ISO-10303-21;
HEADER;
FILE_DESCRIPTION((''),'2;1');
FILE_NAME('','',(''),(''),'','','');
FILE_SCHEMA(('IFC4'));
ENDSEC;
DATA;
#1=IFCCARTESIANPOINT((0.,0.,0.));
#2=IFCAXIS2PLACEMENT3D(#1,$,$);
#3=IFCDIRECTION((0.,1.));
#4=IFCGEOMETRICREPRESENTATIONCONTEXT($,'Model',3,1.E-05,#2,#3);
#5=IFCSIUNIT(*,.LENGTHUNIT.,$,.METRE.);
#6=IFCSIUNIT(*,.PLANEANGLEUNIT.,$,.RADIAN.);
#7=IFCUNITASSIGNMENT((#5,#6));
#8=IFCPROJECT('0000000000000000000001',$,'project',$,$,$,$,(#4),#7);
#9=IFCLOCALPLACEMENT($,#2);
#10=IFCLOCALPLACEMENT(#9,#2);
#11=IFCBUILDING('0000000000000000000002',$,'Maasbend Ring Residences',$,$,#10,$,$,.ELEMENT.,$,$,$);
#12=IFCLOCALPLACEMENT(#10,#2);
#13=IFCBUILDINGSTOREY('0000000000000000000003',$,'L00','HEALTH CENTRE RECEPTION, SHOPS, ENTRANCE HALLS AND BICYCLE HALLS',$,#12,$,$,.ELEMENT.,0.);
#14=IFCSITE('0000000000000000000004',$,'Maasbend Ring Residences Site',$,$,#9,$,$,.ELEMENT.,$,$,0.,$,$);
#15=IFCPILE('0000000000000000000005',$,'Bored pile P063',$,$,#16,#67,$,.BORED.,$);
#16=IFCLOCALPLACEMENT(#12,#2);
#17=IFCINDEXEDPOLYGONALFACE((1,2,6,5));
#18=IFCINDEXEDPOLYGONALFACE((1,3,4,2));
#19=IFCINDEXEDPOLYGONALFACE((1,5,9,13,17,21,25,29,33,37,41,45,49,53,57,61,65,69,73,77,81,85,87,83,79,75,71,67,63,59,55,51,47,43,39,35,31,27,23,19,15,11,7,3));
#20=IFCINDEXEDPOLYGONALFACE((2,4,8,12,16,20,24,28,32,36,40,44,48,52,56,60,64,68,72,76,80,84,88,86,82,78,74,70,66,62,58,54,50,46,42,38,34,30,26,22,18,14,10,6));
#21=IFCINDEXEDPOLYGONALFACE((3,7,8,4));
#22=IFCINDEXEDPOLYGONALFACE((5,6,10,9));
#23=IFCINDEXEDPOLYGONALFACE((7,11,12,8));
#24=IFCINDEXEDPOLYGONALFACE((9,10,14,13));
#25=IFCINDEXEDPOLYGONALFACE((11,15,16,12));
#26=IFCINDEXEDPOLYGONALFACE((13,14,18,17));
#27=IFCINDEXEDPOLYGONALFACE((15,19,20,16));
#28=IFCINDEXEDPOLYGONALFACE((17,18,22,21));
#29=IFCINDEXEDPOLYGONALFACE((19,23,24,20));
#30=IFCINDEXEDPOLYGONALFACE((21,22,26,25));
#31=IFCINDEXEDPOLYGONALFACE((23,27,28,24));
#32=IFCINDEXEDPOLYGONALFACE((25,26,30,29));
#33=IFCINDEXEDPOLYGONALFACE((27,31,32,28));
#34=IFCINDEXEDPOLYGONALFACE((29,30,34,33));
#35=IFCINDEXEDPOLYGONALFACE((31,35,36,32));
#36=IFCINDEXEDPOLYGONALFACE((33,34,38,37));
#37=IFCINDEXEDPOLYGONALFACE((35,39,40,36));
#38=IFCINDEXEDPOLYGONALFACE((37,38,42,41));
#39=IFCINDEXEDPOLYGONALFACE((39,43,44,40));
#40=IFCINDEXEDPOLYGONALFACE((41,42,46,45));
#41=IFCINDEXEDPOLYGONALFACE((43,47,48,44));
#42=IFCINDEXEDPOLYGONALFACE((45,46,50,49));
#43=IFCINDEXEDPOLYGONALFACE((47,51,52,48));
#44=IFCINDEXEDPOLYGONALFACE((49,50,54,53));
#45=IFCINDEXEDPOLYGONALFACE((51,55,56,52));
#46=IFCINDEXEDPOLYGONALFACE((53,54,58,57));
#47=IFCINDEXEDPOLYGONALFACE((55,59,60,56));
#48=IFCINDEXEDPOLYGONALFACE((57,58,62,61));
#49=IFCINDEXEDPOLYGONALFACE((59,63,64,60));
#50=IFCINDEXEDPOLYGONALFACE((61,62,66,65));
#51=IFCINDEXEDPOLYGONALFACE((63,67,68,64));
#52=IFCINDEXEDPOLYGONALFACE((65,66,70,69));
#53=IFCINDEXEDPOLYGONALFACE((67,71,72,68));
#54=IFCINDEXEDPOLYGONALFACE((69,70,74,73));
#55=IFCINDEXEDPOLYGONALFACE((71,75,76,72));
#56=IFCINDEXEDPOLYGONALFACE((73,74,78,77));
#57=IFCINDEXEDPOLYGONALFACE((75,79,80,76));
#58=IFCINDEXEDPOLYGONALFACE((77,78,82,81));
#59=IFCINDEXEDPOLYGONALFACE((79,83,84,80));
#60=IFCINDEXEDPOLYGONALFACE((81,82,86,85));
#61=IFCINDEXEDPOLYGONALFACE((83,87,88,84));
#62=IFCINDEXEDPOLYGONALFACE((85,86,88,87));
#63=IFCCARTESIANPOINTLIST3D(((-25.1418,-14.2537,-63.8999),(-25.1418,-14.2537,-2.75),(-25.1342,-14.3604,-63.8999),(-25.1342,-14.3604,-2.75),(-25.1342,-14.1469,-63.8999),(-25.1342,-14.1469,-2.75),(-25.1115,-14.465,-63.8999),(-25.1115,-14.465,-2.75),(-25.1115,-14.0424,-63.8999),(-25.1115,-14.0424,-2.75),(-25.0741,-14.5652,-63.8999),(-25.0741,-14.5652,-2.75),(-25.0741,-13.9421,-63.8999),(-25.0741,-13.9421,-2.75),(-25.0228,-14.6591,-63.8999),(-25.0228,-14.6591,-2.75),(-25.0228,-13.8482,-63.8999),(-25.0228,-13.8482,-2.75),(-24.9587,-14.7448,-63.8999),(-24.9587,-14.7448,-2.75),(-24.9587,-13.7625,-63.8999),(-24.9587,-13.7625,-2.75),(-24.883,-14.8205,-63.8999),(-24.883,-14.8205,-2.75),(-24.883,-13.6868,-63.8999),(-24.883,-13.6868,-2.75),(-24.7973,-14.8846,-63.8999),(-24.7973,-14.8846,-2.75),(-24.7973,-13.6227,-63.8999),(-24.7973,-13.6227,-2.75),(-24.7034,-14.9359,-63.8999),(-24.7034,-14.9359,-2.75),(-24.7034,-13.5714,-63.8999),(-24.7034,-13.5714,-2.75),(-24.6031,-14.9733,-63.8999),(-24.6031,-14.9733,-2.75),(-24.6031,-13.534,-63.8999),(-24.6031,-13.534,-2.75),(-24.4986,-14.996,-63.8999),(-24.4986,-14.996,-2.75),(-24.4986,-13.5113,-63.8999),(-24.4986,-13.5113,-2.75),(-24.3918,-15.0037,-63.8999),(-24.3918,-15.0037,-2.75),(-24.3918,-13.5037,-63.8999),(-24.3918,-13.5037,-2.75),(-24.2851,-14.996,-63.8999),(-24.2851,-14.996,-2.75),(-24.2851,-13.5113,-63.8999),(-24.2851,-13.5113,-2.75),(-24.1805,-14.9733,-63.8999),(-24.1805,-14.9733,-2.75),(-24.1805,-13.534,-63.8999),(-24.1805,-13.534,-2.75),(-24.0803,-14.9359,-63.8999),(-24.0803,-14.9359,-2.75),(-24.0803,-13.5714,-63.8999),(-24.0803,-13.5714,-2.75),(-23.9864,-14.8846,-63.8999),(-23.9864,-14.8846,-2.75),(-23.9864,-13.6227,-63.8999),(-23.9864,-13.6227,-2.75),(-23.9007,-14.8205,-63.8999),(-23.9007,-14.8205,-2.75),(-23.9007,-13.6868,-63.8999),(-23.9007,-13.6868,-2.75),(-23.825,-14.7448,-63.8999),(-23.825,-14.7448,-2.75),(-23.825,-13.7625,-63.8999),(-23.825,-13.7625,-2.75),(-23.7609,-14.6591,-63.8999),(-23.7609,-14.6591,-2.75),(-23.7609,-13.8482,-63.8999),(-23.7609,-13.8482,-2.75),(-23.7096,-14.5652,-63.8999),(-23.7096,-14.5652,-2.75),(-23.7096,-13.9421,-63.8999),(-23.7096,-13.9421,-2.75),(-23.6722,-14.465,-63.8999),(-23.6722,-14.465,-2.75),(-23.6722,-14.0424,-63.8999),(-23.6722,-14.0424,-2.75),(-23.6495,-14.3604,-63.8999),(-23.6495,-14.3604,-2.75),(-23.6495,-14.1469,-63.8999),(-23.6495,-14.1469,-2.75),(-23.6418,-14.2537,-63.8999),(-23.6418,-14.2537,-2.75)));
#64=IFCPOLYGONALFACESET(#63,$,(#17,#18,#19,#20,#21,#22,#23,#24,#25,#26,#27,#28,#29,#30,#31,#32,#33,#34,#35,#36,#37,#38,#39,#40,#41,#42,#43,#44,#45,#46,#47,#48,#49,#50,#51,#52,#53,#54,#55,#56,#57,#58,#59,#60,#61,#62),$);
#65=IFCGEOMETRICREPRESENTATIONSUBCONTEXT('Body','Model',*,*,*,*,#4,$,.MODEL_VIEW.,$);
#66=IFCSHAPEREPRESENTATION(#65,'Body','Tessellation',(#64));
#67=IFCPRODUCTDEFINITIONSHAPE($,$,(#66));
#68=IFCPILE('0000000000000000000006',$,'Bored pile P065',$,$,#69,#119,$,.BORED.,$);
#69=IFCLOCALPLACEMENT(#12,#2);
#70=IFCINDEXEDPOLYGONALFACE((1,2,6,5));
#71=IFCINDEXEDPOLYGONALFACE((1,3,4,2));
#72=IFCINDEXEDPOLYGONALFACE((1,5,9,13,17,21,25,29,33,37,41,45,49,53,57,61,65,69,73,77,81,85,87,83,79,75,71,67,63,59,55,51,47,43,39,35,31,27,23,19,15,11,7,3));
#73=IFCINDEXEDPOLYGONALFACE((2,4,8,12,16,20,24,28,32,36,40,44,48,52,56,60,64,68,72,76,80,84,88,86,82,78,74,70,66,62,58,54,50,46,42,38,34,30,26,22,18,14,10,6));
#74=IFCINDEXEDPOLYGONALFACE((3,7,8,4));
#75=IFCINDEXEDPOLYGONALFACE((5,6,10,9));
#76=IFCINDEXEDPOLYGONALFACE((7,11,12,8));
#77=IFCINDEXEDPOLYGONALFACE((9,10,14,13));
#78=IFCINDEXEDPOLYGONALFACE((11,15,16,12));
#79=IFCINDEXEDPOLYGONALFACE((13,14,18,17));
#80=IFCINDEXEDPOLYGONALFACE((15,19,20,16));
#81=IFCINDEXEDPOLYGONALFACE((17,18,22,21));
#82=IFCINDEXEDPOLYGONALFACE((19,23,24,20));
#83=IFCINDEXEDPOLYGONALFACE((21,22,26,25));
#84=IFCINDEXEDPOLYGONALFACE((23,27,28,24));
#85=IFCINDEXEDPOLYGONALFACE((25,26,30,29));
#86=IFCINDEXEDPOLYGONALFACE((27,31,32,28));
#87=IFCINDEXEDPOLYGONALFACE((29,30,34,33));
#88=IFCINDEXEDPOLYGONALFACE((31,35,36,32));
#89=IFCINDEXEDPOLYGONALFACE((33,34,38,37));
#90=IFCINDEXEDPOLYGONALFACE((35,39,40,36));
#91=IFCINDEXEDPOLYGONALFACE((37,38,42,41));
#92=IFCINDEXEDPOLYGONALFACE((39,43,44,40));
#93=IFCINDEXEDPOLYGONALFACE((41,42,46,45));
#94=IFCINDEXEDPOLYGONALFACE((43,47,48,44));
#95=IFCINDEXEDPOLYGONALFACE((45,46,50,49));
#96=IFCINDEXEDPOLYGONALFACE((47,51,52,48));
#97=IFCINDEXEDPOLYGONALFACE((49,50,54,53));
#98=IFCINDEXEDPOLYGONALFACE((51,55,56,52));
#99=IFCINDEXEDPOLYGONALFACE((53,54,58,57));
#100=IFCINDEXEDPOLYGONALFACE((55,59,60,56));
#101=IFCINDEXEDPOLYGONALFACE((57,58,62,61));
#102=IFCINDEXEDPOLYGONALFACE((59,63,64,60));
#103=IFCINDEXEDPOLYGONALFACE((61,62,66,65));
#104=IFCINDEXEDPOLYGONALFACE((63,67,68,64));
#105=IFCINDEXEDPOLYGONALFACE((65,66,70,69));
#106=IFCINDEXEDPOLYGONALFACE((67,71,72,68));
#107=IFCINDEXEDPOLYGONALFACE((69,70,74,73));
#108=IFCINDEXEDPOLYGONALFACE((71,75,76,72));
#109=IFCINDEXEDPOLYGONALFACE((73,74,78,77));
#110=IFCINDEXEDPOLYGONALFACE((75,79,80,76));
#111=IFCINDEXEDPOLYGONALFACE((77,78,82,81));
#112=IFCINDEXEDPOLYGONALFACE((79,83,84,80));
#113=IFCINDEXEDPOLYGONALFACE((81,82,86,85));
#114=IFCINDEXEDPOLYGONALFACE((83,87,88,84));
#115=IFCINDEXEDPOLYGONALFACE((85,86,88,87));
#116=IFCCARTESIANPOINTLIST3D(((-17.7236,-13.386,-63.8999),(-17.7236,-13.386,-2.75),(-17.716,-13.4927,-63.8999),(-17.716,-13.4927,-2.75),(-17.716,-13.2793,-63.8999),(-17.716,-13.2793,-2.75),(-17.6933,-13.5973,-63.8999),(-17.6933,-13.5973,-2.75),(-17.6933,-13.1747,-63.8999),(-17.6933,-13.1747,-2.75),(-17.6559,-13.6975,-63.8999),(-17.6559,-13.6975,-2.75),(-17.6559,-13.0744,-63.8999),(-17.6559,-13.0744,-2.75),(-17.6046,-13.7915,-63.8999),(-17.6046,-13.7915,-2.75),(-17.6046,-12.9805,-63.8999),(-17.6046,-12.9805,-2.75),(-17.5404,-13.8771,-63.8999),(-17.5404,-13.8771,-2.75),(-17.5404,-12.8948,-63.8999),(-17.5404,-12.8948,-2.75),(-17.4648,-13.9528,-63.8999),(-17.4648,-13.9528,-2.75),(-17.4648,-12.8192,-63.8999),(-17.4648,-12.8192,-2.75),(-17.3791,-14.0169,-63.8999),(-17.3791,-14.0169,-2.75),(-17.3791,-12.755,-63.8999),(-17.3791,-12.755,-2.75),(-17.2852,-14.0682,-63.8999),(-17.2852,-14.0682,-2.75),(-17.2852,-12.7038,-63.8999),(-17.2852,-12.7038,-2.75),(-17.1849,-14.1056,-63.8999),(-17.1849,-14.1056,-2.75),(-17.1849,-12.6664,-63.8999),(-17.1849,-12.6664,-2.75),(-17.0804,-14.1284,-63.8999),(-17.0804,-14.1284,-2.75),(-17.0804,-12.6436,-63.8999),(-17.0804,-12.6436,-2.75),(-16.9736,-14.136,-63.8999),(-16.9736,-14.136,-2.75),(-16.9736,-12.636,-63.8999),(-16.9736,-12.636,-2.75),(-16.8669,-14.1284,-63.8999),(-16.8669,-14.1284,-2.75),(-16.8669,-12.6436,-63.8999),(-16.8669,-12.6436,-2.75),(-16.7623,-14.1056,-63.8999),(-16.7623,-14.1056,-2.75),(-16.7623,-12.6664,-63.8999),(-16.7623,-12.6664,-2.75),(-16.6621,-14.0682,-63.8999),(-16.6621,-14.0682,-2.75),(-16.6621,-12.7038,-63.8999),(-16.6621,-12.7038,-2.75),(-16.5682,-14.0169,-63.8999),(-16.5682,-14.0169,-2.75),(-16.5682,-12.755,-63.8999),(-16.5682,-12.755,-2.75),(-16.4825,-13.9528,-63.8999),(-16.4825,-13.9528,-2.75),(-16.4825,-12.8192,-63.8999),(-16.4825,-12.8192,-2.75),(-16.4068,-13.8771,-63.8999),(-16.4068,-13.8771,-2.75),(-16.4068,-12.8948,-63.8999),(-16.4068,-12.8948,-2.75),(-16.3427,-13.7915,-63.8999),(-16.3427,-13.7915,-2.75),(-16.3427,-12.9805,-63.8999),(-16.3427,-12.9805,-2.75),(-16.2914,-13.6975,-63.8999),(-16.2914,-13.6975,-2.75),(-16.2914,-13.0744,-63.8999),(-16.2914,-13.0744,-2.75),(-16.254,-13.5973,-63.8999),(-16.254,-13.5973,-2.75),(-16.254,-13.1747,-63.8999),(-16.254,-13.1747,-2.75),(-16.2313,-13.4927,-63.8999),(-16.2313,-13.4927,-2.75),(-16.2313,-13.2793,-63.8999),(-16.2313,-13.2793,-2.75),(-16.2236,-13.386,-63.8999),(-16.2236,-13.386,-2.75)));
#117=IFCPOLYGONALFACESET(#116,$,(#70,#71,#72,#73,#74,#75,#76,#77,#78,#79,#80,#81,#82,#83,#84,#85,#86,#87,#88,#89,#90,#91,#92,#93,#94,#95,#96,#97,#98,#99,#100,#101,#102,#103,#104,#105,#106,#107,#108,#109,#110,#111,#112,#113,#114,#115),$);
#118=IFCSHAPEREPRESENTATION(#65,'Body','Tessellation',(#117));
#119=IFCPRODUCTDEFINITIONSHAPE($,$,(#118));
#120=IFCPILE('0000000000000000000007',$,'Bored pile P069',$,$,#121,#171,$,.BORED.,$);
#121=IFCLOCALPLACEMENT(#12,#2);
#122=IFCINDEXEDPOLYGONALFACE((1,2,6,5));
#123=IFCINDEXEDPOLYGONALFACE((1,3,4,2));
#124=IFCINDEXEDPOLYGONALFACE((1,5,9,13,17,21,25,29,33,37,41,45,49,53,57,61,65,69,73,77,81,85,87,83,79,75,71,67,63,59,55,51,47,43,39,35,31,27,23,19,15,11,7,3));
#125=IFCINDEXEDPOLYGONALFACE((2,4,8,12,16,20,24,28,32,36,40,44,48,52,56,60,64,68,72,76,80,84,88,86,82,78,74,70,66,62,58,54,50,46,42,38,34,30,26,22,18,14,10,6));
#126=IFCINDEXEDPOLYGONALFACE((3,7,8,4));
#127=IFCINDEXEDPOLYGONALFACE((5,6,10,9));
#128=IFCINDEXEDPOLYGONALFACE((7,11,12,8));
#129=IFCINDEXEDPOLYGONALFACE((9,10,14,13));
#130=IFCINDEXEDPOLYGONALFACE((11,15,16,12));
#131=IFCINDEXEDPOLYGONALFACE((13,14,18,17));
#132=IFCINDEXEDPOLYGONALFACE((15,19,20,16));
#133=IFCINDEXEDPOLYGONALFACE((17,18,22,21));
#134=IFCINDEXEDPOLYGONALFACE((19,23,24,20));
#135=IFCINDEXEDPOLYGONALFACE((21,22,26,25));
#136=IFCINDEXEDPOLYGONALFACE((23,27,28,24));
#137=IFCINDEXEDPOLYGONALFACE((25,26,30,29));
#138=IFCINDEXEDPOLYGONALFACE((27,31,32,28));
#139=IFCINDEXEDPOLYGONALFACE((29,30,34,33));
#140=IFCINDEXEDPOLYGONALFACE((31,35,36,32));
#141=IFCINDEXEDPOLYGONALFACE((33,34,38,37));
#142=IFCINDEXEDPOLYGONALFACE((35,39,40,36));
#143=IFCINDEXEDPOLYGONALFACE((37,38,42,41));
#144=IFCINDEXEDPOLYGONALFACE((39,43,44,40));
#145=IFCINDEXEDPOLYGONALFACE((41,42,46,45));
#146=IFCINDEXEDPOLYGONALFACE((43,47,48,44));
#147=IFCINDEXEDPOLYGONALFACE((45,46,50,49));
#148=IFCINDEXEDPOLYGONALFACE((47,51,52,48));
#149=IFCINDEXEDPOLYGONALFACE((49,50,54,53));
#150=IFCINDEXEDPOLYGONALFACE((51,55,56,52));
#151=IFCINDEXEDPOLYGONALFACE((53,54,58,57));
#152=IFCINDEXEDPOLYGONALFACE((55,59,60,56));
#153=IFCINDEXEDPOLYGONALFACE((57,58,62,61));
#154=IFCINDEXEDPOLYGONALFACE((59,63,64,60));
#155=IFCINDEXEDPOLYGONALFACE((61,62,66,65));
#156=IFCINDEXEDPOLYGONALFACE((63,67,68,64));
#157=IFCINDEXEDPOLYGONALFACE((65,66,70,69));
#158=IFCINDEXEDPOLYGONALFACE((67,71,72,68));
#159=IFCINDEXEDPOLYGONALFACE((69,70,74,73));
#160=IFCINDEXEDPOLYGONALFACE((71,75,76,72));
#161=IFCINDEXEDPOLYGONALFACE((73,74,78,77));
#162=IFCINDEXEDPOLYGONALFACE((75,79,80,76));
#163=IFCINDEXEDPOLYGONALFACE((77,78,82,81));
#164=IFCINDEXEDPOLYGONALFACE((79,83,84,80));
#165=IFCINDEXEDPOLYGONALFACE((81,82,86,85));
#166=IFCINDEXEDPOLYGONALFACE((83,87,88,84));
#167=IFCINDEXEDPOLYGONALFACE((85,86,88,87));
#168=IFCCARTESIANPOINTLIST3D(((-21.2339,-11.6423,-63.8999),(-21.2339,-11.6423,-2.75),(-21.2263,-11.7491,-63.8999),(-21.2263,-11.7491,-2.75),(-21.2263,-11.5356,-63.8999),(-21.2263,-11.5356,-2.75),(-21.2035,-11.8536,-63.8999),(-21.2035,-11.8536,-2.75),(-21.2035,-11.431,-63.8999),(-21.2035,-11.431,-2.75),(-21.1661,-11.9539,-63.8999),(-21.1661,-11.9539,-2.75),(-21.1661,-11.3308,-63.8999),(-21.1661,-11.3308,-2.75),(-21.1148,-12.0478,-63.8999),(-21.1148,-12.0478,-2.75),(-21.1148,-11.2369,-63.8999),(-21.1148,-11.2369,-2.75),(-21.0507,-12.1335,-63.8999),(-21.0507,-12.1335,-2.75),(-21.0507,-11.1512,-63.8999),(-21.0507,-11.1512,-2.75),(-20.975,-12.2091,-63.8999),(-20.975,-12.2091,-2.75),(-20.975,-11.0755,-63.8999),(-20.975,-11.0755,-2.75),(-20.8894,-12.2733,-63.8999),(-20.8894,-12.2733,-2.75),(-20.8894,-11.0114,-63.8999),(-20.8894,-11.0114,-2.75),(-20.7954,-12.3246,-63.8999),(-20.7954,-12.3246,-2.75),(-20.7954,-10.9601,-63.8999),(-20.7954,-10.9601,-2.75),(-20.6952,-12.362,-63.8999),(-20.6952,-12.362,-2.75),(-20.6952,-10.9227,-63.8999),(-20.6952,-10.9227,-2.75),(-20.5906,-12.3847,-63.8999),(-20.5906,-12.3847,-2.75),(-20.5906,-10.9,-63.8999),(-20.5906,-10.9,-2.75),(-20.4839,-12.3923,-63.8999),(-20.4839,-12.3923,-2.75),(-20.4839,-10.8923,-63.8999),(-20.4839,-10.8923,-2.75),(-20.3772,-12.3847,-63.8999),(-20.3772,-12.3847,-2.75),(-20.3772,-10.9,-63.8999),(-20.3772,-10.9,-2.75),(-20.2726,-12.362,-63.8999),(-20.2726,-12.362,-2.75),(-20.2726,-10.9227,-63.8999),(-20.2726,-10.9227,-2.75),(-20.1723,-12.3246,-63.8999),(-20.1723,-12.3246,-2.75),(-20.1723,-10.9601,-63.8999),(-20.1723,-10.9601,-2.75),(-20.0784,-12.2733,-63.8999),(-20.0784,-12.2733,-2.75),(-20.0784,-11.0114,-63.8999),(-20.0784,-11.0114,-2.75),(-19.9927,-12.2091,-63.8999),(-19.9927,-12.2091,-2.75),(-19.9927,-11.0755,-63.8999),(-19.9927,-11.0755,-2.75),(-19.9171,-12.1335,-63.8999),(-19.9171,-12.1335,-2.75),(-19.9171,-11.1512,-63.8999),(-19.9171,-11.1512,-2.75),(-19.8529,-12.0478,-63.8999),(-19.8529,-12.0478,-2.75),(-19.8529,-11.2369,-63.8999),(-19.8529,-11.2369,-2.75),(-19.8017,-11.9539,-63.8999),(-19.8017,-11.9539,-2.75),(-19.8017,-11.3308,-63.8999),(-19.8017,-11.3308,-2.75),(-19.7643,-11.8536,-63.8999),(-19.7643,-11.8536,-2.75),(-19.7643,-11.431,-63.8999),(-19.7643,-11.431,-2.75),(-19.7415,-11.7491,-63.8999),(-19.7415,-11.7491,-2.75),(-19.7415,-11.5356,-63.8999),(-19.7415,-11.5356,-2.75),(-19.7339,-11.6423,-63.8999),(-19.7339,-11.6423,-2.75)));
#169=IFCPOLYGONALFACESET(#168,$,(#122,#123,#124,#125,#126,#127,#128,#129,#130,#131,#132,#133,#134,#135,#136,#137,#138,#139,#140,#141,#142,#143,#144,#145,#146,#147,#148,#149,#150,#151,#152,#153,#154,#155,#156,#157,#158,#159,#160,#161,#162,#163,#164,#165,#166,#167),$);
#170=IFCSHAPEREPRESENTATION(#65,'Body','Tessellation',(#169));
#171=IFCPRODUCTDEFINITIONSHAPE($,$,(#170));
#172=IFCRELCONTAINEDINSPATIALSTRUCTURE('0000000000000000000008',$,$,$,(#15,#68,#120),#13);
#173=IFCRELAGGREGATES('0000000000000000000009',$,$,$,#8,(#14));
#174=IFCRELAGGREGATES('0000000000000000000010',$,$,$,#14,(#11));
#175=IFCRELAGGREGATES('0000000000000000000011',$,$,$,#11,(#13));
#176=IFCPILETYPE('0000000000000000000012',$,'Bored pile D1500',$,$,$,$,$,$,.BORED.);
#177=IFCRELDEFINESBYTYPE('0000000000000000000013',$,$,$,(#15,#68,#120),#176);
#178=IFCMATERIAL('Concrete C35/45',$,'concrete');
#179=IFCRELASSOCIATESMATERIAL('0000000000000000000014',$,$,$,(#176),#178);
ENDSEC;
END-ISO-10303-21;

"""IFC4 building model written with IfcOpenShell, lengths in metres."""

from ifc_helpers import new_model, si_unit, direction, frame, origin, origin_2d, place, context, subcontext, project, spatial, circle, extrude, material, material_profile, profile_set, type_object, element, save


model = new_model("IFC4")

# Units and contexts
model_context = context("Model", 3, precision=1e-05, world=origin(), true_north=direction((0.0, 1.0)))
body_context = subcontext(model_context, "Body", "Model", "MODEL_VIEW")
ifc_project = project(units=[si_unit("LENGTHUNIT", "METRE"), si_unit("PLANEANGLEUNIT", "RADIAN")], contexts=[model_context])

# Site, building, storey
site_placement = place(None, origin())
site = spatial("IfcSite", under=ifc_project, at=site_placement, Name="Maasbend Ring Residences Site", CompositionType="ELEMENT", RefElevation=0.0)
building_placement = place(site_placement, origin())
building = spatial("IfcBuilding", under=site, at=building_placement, Name="Maasbend Ring Residences", CompositionType="ELEMENT")
storey_placement = place(building_placement, origin())
storey = spatial("IfcBuildingStorey", under=building, at=storey_placement, Name="L00", Description="HEALTH CENTRE RECEPTION, SHOPS, ENTRANCE HALLS AND BICYCLE HALLS", CompositionType="ELEMENT", Elevation=0.0)

# Piles
ifc_material_1 = material(Name="Concrete C35/45", Category="concrete")
ifc_material_profile_1 = material_profile(ifc_material_1, circle(Radius=0.75, at=origin_2d()), Name="Bored pile D1500")
ifc_profile_set_1 = profile_set([ifc_material_profile_1], Name="Concrete C35/45")
pile_type = type_object("IfcPileType", Name="Bored pile D1500", PredefinedType="BORED", material=ifc_profile_set_1)
for number, where, z_axis, x_axis, name in (
    (1, (-24.3918, -14.2537, -2.75), (0.0, 0.0, -1.0), (1.0, 0.0, 0.0), "Bored pile P063"),
    (2, (-16.9736, -13.386, -2.75), (0.0, 0.0, -1.0), (1.0, 0.0, 0.0), "Bored pile P065"),
    (3, (-20.4839, -11.6423, -2.75), (0.0, 0.0, -1.0), (1.0, 0.0, 0.0), "Bored pile P069"),
):
    element("IfcPile", number, at=place(storey_placement, frame(where, z_axis=z_axis, x_axis=x_axis)), inside=storey, type_object=pile_type, Name=name, PredefinedType="BORED", context=body_context, shape_type="SweptSolid", body=[
        extrude(circle(Radius=0.75, at=origin_2d()), origin(), (0.0, 0.0, 1.0), 61.1499),
    ])

save(model, "model.ifc")
